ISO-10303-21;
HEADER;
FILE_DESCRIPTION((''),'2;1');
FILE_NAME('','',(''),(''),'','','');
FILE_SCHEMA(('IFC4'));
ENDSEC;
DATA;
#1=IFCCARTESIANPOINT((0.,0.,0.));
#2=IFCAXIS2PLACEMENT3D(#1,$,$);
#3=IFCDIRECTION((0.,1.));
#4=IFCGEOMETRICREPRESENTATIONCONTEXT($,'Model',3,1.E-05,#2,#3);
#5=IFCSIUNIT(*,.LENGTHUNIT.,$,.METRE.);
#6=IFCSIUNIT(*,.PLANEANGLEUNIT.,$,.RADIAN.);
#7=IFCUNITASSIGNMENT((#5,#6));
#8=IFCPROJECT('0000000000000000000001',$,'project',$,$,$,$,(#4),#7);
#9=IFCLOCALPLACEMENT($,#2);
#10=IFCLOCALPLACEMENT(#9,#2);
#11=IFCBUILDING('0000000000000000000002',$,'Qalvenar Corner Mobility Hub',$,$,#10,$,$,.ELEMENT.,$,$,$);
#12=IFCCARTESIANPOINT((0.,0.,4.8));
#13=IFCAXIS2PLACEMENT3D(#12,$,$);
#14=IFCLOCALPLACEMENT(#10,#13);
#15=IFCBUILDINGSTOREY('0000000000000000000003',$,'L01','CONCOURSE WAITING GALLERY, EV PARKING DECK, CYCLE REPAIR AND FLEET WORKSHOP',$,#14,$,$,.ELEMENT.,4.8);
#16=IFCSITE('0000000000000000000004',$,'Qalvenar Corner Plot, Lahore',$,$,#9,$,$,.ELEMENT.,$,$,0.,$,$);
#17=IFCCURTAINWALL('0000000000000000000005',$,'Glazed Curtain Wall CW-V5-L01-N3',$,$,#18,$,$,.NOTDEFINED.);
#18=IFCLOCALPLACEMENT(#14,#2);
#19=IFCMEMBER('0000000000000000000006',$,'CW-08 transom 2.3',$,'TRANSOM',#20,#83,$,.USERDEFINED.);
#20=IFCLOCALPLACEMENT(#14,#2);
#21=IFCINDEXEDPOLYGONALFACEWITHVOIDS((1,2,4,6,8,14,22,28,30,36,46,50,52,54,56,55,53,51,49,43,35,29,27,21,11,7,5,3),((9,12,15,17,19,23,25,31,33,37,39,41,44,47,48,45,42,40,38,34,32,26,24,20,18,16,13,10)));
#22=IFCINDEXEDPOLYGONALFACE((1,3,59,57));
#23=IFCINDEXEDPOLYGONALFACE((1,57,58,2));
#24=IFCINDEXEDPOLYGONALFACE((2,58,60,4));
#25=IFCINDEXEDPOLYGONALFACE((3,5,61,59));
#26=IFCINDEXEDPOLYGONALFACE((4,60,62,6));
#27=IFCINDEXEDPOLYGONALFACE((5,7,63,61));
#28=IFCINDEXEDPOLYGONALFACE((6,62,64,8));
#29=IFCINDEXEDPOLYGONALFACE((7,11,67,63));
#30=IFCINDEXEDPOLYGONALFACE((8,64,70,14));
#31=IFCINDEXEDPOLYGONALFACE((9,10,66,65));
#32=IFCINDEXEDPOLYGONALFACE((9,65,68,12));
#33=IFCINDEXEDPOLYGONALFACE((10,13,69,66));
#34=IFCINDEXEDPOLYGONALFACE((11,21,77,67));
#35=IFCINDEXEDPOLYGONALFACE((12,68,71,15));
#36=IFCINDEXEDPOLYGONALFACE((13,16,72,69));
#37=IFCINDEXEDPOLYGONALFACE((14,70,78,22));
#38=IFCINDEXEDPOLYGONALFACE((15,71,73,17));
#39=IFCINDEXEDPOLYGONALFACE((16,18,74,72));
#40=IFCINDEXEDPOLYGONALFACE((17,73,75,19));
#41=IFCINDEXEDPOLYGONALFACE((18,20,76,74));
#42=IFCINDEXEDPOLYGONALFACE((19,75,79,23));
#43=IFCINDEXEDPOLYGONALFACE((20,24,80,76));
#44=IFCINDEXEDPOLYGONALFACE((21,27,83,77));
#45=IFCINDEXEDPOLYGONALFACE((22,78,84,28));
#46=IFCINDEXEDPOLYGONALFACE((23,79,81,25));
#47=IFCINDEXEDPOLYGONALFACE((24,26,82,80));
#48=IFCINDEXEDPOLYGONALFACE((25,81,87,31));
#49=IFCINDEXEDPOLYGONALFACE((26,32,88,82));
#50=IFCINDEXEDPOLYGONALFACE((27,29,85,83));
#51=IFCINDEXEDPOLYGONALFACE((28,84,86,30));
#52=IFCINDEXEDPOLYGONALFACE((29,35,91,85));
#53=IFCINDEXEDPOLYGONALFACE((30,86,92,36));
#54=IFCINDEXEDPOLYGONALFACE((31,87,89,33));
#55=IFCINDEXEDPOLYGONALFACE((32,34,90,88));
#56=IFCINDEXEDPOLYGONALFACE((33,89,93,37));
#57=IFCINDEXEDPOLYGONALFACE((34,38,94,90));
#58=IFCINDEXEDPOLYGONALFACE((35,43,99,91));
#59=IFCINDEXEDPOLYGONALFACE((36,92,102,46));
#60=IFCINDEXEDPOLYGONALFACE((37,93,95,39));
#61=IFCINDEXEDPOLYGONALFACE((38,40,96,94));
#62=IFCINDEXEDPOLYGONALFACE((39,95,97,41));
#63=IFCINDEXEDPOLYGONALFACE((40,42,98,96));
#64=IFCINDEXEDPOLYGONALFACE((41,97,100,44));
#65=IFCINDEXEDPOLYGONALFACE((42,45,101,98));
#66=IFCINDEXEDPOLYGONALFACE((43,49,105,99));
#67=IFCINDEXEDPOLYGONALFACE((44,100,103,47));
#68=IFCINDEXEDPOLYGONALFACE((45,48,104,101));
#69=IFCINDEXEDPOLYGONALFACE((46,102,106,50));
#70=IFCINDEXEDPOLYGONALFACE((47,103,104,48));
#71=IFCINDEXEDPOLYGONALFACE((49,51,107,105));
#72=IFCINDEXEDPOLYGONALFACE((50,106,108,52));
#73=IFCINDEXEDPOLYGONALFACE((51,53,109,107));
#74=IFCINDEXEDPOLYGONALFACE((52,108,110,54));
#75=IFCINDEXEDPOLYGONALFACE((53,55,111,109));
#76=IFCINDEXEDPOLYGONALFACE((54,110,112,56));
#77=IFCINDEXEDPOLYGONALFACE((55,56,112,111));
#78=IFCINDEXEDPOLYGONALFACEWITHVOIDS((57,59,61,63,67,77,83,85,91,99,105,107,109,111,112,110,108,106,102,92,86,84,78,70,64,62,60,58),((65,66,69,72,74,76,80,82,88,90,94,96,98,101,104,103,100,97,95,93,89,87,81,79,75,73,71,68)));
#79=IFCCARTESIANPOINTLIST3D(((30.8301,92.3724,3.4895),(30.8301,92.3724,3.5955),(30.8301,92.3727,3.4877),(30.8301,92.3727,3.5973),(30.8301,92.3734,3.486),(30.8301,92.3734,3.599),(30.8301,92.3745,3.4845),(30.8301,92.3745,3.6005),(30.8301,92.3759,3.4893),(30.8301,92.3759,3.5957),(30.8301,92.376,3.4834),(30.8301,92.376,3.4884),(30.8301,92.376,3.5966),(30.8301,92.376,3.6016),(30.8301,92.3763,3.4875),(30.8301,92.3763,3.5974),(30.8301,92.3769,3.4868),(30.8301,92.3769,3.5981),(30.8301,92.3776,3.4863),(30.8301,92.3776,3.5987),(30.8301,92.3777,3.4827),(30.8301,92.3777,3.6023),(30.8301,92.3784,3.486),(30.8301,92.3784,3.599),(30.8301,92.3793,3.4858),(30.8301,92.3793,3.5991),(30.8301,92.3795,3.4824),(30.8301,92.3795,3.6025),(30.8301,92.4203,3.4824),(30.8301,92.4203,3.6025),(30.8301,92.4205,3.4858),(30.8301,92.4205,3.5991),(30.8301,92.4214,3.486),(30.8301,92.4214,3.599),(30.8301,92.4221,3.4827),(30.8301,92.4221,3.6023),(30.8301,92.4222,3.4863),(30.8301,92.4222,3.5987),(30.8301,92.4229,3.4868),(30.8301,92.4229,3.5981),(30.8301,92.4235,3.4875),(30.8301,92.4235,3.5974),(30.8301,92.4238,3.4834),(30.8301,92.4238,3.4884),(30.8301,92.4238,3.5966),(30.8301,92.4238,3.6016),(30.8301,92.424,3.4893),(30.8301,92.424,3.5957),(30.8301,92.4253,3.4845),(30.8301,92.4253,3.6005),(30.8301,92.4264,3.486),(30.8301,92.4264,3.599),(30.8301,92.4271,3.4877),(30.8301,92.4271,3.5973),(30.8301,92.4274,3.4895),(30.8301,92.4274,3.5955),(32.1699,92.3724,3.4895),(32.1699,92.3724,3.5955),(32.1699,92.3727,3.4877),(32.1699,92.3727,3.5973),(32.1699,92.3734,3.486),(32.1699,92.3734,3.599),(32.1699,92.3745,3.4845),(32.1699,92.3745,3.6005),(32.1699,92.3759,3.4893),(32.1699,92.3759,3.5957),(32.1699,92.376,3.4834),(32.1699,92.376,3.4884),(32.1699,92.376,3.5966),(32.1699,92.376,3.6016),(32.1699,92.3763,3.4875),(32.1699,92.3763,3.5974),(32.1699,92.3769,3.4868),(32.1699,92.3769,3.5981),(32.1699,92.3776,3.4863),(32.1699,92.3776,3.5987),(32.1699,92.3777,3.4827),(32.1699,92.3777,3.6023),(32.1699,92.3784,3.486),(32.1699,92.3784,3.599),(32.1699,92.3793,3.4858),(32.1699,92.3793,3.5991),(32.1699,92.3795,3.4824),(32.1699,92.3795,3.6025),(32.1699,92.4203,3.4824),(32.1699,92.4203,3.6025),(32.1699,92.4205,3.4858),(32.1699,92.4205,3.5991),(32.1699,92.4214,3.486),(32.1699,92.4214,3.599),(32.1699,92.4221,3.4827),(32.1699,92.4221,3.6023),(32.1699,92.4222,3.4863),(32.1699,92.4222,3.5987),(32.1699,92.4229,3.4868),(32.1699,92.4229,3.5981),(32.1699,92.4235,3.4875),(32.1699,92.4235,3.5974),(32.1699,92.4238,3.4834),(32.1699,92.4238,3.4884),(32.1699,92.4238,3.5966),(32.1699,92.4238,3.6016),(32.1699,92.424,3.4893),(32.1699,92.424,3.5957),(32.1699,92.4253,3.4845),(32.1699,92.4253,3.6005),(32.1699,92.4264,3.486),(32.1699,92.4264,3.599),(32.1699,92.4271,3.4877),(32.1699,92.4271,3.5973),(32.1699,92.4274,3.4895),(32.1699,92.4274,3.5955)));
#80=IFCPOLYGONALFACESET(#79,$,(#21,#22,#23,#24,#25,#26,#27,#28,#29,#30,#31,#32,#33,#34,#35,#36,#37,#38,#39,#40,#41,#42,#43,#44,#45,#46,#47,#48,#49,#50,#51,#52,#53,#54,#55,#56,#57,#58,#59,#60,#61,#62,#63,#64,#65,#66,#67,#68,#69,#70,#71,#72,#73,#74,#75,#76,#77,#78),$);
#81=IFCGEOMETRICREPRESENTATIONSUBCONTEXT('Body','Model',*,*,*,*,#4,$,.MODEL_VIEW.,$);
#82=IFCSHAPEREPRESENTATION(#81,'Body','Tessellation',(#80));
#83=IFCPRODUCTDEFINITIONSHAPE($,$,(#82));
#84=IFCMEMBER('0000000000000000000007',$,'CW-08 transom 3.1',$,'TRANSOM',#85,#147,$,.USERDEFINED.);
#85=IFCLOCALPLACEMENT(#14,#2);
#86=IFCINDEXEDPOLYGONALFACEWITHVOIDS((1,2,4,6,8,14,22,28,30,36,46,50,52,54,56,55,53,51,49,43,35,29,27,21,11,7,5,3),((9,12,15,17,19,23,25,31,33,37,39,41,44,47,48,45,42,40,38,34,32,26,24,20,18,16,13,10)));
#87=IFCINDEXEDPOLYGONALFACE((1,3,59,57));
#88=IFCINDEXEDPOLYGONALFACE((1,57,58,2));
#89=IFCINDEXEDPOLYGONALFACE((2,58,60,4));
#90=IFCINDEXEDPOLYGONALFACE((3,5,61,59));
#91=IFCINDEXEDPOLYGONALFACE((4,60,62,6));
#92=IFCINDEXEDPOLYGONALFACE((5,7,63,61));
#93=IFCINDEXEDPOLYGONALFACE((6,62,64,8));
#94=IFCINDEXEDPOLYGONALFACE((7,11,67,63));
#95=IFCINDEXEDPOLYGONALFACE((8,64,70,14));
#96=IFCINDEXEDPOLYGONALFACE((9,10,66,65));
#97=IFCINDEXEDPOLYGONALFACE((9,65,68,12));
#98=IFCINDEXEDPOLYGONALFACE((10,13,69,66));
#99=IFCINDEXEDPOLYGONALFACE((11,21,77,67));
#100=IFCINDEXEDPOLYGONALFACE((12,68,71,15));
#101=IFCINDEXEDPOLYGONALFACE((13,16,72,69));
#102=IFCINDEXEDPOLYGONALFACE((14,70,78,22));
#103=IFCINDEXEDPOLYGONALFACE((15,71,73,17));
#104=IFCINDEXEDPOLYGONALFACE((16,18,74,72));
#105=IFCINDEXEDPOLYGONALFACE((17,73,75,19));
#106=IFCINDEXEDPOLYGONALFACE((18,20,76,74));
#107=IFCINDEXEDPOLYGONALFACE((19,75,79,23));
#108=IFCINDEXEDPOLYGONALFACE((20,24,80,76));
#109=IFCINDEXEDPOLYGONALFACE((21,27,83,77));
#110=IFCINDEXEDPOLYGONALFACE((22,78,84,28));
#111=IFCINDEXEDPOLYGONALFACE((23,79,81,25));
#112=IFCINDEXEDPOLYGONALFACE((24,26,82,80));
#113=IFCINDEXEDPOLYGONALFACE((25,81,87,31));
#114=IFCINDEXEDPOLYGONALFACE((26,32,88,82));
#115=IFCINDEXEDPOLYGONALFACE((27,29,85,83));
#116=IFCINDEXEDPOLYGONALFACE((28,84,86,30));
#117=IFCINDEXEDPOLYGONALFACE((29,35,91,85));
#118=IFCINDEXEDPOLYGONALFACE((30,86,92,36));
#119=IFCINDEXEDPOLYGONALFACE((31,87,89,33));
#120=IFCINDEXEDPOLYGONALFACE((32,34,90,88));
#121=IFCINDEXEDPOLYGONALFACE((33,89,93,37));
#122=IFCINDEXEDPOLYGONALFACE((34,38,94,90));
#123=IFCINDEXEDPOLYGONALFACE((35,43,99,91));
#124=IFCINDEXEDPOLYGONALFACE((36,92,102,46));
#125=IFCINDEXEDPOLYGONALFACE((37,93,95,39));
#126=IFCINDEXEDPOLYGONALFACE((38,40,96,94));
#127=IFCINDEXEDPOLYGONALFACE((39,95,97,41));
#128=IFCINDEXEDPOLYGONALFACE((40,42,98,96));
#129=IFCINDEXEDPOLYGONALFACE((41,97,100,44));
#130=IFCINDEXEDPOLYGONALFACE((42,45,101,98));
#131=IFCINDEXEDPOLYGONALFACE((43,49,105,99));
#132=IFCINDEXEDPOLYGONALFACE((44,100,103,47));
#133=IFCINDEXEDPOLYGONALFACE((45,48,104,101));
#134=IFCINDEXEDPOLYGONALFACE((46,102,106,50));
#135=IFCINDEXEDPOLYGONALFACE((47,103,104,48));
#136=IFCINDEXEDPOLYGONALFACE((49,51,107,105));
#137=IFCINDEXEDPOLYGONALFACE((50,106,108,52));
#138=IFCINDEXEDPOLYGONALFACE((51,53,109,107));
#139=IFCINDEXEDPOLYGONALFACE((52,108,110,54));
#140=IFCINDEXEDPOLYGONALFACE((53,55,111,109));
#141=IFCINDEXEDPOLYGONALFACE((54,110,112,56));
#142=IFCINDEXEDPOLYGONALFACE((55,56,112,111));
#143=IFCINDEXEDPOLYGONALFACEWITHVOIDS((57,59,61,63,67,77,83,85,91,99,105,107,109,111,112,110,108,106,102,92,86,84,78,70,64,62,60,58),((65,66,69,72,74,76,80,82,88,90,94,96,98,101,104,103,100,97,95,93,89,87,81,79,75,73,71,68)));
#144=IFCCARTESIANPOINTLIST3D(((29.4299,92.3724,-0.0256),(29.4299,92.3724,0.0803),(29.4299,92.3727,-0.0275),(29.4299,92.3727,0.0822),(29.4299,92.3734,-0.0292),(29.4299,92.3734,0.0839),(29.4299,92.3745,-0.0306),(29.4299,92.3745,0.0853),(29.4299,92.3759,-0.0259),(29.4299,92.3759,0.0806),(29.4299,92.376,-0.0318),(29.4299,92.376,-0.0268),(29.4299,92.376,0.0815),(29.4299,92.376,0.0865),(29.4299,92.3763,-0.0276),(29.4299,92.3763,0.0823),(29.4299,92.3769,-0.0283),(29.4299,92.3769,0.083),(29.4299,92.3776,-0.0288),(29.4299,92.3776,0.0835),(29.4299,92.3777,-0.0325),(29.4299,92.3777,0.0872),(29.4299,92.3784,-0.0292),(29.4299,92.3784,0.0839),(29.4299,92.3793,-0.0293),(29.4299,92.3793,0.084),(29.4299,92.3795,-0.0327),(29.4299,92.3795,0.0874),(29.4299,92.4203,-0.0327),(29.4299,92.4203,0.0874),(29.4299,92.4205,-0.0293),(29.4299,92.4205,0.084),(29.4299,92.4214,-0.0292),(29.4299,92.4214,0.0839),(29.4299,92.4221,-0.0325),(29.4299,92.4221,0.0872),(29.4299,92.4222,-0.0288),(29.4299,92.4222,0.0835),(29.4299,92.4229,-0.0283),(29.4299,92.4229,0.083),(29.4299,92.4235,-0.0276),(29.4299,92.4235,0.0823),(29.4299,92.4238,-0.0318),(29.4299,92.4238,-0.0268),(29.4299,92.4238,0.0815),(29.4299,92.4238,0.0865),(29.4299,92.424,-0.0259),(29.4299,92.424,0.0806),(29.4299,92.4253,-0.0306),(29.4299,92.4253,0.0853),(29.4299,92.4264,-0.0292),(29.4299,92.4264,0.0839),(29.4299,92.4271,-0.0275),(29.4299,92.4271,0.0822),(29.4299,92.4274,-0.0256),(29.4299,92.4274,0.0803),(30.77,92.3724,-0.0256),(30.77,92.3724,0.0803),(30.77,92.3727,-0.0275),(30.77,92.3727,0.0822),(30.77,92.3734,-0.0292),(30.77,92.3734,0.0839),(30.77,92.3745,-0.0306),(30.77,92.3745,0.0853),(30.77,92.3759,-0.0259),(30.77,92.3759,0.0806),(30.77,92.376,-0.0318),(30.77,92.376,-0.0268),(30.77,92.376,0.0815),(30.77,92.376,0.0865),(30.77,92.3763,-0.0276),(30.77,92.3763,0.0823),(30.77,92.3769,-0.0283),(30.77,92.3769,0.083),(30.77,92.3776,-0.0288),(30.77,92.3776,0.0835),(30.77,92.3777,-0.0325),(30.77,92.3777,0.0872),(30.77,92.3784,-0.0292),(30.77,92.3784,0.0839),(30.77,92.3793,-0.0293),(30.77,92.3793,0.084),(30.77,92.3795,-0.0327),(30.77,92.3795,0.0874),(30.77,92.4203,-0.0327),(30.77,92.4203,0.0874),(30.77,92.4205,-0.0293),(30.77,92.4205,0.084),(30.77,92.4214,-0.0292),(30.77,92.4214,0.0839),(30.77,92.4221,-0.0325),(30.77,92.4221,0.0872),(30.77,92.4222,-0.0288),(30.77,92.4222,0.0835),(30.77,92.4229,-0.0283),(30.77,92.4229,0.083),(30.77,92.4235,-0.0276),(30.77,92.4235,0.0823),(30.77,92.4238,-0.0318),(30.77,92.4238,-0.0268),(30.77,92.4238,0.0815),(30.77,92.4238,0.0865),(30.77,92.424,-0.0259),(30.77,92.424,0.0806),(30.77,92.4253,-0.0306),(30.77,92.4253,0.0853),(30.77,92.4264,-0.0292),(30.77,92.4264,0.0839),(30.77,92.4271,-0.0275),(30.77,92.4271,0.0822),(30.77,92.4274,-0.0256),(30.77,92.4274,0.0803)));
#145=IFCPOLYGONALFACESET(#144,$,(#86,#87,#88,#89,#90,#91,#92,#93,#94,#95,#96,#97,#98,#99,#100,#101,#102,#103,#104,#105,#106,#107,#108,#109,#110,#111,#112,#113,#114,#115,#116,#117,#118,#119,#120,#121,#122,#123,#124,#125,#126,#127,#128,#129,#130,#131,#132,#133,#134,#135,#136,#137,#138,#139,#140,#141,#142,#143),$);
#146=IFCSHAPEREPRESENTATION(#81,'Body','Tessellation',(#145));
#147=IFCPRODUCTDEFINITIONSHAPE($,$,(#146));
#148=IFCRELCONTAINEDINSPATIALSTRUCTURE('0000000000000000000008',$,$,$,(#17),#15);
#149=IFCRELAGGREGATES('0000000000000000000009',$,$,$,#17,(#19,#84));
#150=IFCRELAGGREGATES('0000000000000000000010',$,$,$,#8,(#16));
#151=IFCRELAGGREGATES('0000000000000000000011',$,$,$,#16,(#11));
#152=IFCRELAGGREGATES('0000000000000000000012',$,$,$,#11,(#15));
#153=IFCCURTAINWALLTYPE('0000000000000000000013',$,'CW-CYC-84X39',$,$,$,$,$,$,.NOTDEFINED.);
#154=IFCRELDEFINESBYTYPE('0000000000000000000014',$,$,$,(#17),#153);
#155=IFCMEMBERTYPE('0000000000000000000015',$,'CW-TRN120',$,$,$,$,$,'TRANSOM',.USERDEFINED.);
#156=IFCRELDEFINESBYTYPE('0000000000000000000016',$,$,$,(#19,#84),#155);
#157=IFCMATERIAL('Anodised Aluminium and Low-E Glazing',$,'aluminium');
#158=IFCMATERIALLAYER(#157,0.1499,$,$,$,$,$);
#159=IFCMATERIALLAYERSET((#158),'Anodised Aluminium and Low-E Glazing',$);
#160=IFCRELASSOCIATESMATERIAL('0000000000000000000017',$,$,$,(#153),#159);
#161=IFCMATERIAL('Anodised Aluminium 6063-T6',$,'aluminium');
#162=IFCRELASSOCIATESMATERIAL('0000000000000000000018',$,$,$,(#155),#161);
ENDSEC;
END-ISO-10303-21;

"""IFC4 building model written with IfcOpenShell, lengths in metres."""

from ifc_helpers import new_model, si_unit, direction, frame, origin, origin_2d, place, context, subcontext, project, spatial, hollow_rectangle, extrude, material, layer, layer_set, material_profile, profile_set, type_object, element, aggregate, save


model = new_model("IFC4")

# Units and contexts
model_context = context("Model", 3, precision=1e-05, world=origin(), true_north=direction((0.0, 1.0)))
body_context = subcontext(model_context, "Body", "Model", "MODEL_VIEW")
ifc_project = project(units=[si_unit("LENGTHUNIT", "METRE"), si_unit("PLANEANGLEUNIT", "RADIAN")], contexts=[model_context])

# Site, building, storey
site_placement = place(None, origin())
site = spatial("IfcSite", under=ifc_project, at=site_placement, Name="Qalvenar Corner Plot, Lahore", CompositionType="ELEMENT", RefElevation=0.0)
building_placement = place(site_placement, origin())
building = spatial("IfcBuilding", under=site, at=building_placement, Name="Qalvenar Corner Mobility Hub", CompositionType="ELEMENT")
storey_placement = place(building_placement, frame((0.0, 0.0, 4.8)))
storey = spatial("IfcBuildingStorey", under=building, at=storey_placement, Name="L01", Description="CONCOURSE WAITING GALLERY, EV PARKING DECK, CYCLE REPAIR AND FLEET WORKSHOP", CompositionType="ELEMENT", Elevation=4.8)

# Curtain wall
ifc_material_1 = material(Name="Anodised Aluminium and Low-E Glazing", Category="aluminium")
ifc_layer_1 = layer(ifc_material_1, 0.1499)
ifc_layer_set_1 = layer_set([ifc_layer_1], Name="Anodised Aluminium and Low-E Glazing")
curtain_wall_type = type_object("IfcCurtainWallType", Name="CW-CYC-84X39", PredefinedType="NOTDEFINED", material=ifc_layer_set_1)
ifc_material_2 = material(Name="Anodised Aluminium 6063-T6", Category="aluminium")
curtain_wall_1_placement = place(storey_placement, origin())
curtain_wall_1 = element("IfcCurtainWall", 1, at=curtain_wall_1_placement, inside=storey, type_object=curtain_wall_type, Name="Glazed Curtain Wall CW-V5-L01-N3", PredefinedType="NOTDEFINED")

# Members
ifc_material_profile_1 = material_profile(ifc_material_2, hollow_rectangle(XDim=0.0549, YDim=0.1201, WallThickness=0.0034, InnerFilletRadius=0.0034, OuterFilletRadius=0.0071, at=origin_2d()), Name="RHS120x55x3.5")
ifc_profile_set_1 = profile_set([ifc_material_profile_1], Name="Anodised Aluminium 6063-T6")
member_type_1 = type_object("IfcMemberType", Name="CW-TRN120", ElementType="TRANSOM", PredefinedType="USERDEFINED", material=ifc_profile_set_1)
member_1_placement = place(storey_placement, frame((32.1699, 92.3999, 3.5425), z_axis=(-1.0, 0.0, 0.0), x_axis=(0.0, -1.0, 0.0)))
member_1 = element("IfcMember", 2, at=member_1_placement, type_object=member_type_1, Name="CW-08 transom 2.3", ObjectType="TRANSOM", PredefinedType="USERDEFINED", context=body_context, shape_type="SweptSolid", body=[
    extrude(hollow_rectangle(XDim=0.0549, YDim=0.1201, WallThickness=0.0034, InnerFilletRadius=0.0034, OuterFilletRadius=0.0071, at=origin_2d()), origin(), (0.0, 0.0, 1.0), 1.3398),
])
member_2_placement = place(storey_placement, frame((30.77, 92.3999, 0.0273), z_axis=(-1.0, 0.0, 0.0), x_axis=(0.0, -1.0, 0.0)))
member_2 = element("IfcMember", 3, at=member_2_placement, type_object=member_type_1, Name="CW-08 transom 3.1", ObjectType="TRANSOM", PredefinedType="USERDEFINED", context=body_context, shape_type="SweptSolid", body=[
    extrude(hollow_rectangle(XDim=0.0549, YDim=0.1201, WallThickness=0.0034, InnerFilletRadius=0.0034, OuterFilletRadius=0.0071, at=origin_2d()), origin(), (0.0, 0.0, 1.0), 1.3401),
])

aggregate(curtain_wall_1, [member_1, member_2])

save(model, "model.ifc")
